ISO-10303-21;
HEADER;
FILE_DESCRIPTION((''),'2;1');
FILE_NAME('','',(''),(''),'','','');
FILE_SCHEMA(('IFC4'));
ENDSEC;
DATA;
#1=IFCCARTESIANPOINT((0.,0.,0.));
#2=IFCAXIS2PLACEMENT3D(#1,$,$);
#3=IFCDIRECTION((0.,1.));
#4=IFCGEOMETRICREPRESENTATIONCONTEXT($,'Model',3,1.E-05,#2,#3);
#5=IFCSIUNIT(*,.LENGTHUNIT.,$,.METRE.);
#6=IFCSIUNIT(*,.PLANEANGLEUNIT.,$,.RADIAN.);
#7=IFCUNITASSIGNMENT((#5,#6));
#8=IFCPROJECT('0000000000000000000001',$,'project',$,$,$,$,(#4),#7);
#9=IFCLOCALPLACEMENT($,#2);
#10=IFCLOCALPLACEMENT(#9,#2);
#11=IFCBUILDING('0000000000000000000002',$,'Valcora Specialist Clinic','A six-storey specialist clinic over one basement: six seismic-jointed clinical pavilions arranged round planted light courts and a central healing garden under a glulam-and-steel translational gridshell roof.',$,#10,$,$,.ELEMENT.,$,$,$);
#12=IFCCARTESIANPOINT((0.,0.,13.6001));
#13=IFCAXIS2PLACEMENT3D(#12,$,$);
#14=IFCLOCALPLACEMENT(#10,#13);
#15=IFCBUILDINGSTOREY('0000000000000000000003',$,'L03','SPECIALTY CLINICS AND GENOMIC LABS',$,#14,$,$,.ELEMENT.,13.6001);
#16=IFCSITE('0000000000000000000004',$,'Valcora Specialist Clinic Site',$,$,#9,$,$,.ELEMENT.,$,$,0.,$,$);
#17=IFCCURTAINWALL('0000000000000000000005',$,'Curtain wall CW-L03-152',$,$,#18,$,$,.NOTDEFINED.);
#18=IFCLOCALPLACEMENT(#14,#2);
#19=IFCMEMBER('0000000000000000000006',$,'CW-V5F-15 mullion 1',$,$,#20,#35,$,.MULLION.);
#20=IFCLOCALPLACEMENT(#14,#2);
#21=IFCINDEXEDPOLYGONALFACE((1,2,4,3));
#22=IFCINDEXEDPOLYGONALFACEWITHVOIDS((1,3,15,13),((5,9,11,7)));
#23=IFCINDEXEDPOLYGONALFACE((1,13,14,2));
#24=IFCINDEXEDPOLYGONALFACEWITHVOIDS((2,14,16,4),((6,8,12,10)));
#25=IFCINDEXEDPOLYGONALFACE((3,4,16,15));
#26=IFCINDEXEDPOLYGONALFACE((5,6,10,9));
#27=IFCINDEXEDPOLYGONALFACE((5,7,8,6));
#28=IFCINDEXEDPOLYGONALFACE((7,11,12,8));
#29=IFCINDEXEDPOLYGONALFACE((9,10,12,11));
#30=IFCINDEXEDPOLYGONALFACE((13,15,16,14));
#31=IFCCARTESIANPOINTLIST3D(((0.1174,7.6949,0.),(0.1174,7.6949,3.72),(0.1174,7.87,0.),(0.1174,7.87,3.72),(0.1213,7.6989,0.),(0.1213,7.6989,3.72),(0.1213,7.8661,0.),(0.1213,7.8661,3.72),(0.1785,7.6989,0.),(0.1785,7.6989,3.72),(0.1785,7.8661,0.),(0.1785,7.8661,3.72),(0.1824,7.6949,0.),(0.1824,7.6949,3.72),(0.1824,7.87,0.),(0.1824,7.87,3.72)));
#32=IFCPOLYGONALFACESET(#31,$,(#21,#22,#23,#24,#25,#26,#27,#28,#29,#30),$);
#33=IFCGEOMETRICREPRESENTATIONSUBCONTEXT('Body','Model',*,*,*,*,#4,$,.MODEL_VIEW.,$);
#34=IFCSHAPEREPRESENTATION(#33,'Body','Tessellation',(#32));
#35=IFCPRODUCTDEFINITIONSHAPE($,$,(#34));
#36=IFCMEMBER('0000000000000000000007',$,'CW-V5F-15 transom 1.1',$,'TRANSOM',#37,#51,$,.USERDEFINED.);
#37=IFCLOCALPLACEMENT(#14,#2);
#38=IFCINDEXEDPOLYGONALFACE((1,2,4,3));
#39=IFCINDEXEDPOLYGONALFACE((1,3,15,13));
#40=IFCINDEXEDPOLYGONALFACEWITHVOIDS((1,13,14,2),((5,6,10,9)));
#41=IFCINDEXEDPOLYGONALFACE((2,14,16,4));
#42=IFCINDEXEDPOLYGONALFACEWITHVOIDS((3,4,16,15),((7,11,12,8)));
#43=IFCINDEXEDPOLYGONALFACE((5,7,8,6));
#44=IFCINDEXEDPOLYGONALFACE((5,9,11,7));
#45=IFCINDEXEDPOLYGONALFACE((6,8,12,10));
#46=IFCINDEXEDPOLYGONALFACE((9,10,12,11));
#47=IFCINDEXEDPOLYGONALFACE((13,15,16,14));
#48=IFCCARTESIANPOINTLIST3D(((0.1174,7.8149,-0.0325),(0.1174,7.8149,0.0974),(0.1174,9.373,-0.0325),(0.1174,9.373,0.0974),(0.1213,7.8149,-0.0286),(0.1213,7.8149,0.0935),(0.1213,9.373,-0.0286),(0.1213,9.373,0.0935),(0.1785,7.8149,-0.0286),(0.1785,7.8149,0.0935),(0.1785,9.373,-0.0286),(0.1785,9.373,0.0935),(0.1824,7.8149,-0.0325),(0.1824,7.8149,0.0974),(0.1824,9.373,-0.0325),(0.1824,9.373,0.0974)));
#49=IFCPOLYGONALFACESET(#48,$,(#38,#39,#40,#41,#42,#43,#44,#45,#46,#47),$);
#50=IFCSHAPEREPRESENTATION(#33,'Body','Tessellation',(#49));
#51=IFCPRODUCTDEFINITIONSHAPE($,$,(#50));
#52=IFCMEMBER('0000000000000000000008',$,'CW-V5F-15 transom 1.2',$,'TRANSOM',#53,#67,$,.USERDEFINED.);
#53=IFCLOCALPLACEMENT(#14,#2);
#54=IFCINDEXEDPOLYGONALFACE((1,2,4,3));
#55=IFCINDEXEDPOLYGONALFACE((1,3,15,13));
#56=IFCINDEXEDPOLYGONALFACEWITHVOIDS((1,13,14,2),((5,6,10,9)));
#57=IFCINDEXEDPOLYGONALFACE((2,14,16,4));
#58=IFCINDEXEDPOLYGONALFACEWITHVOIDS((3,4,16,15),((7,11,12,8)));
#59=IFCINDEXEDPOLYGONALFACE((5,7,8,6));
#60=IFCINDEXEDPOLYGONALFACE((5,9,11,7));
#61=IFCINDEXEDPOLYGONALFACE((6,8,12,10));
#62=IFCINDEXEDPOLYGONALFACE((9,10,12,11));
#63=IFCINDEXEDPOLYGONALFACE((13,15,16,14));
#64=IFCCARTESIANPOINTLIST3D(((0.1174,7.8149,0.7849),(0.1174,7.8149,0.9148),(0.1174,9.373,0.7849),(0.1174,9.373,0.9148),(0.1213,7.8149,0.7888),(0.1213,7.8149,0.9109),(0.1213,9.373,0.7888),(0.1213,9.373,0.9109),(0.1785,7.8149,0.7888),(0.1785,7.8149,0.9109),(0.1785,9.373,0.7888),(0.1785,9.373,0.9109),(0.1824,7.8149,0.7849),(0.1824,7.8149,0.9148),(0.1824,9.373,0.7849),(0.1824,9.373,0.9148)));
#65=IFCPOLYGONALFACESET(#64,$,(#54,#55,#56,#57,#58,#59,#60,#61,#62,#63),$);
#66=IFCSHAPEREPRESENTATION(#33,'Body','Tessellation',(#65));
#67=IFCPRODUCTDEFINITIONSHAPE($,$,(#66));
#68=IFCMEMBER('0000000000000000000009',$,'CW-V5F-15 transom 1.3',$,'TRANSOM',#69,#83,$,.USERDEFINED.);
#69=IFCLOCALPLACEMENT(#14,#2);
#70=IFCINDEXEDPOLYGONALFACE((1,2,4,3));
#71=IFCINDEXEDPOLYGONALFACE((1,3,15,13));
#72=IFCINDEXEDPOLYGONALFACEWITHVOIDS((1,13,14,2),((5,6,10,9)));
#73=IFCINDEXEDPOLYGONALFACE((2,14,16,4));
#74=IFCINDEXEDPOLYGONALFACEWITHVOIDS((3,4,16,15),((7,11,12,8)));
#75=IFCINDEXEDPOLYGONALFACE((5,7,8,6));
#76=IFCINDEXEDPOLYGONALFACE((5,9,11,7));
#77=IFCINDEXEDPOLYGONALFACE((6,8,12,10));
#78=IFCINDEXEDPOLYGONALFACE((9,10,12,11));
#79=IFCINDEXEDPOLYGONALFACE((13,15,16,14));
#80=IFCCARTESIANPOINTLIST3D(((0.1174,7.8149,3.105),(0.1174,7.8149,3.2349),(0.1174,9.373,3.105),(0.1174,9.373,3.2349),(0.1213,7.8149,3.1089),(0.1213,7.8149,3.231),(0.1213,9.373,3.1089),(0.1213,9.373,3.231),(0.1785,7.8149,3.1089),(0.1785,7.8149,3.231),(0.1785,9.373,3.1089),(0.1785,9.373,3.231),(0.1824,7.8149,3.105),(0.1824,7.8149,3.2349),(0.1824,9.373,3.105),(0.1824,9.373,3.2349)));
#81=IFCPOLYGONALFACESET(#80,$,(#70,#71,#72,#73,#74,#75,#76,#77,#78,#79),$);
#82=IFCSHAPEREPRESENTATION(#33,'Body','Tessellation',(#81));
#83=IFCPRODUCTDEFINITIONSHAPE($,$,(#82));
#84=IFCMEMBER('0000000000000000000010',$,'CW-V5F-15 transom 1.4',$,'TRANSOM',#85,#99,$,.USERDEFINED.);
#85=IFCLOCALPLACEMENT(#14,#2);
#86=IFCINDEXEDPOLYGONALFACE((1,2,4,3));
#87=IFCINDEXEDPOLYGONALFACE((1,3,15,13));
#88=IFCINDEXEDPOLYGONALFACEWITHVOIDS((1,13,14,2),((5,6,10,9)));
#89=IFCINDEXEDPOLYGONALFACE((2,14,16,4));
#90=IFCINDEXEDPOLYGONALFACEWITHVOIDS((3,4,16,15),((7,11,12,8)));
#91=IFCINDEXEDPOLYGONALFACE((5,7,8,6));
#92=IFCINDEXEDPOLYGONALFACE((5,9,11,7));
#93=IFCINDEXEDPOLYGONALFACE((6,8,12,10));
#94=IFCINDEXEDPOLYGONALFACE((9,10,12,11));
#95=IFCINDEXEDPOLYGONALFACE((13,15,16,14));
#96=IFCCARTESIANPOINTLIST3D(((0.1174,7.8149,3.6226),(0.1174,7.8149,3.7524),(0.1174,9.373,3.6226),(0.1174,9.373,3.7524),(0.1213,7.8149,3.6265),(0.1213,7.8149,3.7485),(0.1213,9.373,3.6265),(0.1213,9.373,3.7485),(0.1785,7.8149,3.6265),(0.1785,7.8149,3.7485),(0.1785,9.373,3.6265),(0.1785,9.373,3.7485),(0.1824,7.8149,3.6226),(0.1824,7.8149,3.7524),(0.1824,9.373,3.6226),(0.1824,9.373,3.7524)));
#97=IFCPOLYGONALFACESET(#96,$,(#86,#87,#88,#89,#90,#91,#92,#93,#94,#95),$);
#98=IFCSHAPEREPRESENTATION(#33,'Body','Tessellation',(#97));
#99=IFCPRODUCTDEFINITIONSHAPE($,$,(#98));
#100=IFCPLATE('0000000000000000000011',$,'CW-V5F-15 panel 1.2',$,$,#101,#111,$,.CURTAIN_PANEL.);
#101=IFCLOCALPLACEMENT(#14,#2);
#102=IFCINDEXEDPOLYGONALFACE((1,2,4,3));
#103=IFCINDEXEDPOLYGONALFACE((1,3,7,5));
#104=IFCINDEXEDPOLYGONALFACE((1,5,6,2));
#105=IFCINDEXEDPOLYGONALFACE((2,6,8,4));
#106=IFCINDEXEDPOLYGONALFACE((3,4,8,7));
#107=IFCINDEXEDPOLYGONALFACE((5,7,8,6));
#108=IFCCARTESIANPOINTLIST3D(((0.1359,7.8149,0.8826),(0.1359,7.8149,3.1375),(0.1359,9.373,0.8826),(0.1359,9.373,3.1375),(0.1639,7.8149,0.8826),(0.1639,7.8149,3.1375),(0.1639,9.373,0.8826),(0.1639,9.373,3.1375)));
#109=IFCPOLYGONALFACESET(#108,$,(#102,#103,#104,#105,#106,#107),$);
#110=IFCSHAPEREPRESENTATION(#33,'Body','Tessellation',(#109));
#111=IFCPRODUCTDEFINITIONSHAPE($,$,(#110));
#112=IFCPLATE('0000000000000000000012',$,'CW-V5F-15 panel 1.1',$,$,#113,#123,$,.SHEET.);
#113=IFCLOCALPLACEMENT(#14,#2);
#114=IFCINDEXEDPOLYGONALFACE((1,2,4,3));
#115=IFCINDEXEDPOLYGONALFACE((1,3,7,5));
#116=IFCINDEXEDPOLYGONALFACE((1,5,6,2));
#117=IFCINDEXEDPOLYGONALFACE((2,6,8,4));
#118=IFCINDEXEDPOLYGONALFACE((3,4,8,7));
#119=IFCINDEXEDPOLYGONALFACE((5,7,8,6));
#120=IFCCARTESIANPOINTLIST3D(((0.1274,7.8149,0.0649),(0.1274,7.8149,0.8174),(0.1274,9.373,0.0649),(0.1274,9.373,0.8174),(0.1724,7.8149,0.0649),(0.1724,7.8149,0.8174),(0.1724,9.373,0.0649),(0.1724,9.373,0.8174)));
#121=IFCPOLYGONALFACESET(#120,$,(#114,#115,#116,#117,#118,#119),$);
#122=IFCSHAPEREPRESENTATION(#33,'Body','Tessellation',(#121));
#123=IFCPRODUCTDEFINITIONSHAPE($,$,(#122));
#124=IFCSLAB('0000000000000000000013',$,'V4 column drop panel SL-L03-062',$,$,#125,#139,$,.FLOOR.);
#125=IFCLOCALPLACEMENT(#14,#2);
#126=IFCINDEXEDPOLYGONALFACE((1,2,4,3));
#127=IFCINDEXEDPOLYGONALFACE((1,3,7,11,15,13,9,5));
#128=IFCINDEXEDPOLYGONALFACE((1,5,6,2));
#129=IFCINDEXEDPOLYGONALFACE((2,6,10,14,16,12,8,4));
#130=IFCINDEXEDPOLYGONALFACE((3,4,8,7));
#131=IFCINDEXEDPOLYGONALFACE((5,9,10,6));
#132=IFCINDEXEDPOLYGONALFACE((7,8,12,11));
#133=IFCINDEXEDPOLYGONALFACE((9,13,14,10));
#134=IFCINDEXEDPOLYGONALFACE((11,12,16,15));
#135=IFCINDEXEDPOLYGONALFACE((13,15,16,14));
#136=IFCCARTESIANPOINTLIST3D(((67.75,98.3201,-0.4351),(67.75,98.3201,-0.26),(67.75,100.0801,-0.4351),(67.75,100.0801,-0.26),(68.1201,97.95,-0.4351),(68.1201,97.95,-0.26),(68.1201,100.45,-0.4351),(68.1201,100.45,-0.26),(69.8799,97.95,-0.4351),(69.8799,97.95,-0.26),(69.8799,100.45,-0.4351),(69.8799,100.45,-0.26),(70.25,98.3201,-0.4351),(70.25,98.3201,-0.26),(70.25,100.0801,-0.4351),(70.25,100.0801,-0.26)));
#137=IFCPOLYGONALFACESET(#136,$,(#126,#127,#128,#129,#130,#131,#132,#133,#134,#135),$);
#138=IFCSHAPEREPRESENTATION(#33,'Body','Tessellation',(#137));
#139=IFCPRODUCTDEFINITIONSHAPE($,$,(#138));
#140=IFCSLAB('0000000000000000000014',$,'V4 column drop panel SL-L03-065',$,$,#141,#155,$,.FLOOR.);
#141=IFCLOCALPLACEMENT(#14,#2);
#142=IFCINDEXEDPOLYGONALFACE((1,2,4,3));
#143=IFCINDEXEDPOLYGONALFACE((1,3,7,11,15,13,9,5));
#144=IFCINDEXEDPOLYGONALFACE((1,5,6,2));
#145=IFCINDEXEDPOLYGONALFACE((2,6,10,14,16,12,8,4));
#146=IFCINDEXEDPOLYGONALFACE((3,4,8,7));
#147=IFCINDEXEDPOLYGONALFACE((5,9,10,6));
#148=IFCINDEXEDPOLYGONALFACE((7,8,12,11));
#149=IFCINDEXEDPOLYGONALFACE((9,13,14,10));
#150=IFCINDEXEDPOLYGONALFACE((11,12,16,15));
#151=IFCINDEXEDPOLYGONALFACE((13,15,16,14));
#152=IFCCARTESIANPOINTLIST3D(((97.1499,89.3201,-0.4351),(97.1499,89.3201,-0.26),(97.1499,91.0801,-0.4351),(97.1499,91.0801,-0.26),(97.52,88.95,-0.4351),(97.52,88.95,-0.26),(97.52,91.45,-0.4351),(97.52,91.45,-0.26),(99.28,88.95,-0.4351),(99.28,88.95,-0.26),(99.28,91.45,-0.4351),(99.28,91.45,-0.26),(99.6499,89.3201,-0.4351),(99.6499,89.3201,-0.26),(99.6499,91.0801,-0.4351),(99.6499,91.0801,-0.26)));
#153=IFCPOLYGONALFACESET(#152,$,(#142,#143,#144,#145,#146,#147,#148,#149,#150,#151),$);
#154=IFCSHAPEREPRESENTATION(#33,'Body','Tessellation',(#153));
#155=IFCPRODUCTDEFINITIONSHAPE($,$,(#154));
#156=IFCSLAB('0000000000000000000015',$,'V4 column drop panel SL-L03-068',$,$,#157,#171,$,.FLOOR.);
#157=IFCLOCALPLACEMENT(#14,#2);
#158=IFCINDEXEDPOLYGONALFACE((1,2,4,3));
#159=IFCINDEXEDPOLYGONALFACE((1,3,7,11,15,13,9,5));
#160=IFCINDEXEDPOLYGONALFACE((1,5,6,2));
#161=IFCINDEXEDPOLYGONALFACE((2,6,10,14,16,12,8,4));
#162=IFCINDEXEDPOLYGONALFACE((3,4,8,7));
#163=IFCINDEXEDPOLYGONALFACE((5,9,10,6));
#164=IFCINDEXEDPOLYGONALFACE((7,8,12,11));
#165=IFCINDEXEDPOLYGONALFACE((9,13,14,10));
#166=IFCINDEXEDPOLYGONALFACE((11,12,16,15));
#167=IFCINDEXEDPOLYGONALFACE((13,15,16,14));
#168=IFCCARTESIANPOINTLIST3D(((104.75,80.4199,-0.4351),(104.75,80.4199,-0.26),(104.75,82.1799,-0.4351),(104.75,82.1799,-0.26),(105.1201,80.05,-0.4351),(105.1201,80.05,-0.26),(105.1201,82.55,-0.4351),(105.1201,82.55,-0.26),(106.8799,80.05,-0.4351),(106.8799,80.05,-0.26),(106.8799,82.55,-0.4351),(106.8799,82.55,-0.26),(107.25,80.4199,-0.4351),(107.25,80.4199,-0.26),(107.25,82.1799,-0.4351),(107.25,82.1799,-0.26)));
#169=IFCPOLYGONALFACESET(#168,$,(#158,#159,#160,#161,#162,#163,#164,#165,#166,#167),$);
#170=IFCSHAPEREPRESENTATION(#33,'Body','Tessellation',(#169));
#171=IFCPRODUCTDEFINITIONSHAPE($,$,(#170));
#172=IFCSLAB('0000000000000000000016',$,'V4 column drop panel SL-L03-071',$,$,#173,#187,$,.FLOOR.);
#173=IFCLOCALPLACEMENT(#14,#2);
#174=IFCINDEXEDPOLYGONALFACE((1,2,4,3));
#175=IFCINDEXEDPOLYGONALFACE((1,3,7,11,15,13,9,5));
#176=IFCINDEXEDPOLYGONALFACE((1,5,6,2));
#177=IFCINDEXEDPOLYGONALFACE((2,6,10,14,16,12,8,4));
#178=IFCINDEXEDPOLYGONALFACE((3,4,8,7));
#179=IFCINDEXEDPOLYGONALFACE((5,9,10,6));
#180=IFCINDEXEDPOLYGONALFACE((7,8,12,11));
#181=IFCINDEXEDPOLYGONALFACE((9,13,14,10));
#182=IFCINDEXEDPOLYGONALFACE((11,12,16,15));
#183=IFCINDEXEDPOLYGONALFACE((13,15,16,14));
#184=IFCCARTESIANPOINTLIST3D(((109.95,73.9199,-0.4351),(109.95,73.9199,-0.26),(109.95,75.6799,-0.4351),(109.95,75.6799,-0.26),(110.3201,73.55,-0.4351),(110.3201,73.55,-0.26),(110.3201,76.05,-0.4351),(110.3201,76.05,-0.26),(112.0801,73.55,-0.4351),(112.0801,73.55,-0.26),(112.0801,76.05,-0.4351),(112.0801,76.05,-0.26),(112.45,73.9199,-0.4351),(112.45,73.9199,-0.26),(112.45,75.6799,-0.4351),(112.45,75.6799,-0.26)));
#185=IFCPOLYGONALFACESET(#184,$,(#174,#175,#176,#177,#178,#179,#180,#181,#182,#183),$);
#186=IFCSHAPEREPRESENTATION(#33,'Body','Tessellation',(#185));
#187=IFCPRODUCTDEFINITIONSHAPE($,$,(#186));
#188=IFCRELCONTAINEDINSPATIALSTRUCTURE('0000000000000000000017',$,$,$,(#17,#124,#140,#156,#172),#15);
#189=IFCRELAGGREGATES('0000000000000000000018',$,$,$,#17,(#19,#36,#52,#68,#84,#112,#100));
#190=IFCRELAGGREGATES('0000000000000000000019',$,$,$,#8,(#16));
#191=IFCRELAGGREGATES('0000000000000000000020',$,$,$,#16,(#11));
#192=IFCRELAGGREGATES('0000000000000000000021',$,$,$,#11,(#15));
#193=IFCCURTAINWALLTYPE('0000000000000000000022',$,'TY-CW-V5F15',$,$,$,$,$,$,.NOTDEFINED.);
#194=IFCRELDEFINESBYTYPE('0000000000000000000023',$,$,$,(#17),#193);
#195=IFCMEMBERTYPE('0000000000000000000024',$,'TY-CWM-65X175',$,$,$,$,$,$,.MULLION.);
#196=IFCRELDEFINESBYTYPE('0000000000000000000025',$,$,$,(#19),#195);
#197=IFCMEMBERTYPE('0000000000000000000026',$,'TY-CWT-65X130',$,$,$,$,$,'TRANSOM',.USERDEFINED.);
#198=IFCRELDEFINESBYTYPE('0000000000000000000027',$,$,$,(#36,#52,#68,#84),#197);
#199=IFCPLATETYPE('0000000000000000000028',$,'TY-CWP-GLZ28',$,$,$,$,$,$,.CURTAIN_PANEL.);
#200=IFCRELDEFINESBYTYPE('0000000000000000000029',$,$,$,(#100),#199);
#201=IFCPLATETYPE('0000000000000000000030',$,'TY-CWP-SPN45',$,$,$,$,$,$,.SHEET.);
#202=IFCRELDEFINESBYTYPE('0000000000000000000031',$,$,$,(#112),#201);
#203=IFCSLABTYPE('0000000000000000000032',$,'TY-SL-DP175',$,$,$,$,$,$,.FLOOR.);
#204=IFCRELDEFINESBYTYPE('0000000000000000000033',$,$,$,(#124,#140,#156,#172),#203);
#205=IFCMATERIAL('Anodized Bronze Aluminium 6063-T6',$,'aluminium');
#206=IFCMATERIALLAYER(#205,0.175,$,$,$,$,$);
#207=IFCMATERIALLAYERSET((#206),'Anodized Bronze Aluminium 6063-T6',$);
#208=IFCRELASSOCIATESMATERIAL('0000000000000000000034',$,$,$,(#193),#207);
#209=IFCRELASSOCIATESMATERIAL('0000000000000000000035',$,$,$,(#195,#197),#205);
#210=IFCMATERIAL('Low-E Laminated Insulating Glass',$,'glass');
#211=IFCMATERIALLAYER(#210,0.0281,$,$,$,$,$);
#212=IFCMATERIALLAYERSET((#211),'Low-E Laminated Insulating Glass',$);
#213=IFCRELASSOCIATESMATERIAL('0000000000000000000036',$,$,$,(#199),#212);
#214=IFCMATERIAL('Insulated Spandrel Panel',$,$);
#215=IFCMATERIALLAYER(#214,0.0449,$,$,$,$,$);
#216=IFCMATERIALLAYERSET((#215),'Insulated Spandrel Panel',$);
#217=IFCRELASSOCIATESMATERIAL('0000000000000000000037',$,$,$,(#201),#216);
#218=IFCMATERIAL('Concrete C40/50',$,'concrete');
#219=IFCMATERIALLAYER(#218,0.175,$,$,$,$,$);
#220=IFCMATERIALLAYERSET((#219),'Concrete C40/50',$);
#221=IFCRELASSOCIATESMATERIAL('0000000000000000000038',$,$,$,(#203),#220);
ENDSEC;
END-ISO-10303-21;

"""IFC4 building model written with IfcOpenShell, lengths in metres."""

from ifc_helpers import new_model, si_unit, direction, frame, origin, origin_2d, place, context, subcontext, project, spatial, polyline, rectangle, hollow_rectangle, outline, extrude, material, layer, layer_set, material_profile, profile_set, type_object, element, aggregate, save


model = new_model("IFC4")

# Units and contexts
model_context = context("Model", 3, precision=1e-05, world=origin(), true_north=direction((0.0, 1.0)))
body_context = subcontext(model_context, "Body", "Model", "MODEL_VIEW")
ifc_project = project(units=[si_unit("LENGTHUNIT", "METRE"), si_unit("PLANEANGLEUNIT", "RADIAN")], contexts=[model_context])

# Site, building, storey
site_placement = place(None, origin())
site = spatial("IfcSite", under=ifc_project, at=site_placement, Name="Valcora Specialist Clinic Site", CompositionType="ELEMENT", RefElevation=0.0)
building_placement = place(site_placement, origin())
building = spatial("IfcBuilding", under=site, at=building_placement, Name="Valcora Specialist Clinic", Description="A six-storey specialist clinic over one basement: six seismic-jointed clinical pavilions arranged round planted light courts and a central healing garden under a glulam-and-steel translational gridshell roof.", CompositionType="ELEMENT")
storey_placement = place(building_placement, frame((0.0, 0.0, 13.6001)))
storey = spatial("IfcBuildingStorey", under=building, at=storey_placement, Name="L03", Description="SPECIALTY CLINICS AND GENOMIC LABS", CompositionType="ELEMENT", Elevation=13.6001)

# Curtain wall, members, plates
ifc_material_1 = material(Name="Anodized Bronze Aluminium 6063-T6", Category="aluminium")
ifc_layer_1 = layer(ifc_material_1, 0.175)
ifc_layer_set_1 = layer_set([ifc_layer_1], Name="Anodized Bronze Aluminium 6063-T6")
curtain_wall_type = type_object("IfcCurtainWallType", Name="TY-CW-V5F15", PredefinedType="NOTDEFINED", material=ifc_layer_set_1)
curtain_wall_placement = place(storey_placement, origin())
curtain_wall = element("IfcCurtainWall", 1, at=curtain_wall_placement, inside=storey, type_object=curtain_wall_type, Name="Curtain wall CW-L03-152", PredefinedType="NOTDEFINED")
ifc_material_profile_1 = material_profile(ifc_material_1, hollow_rectangle(XDim=0.0649, YDim=0.175, WallThickness=0.0039, at=origin_2d()), Name="AL-MUL-65X175")
ifc_profile_set_1 = profile_set([ifc_material_profile_1], Name="Anodized Bronze Aluminium 6063-T6")
member_type_1 = type_object("IfcMemberType", Name="TY-CWM-65X175", PredefinedType="MULLION", material=ifc_profile_set_1)
member_1_placement = place(storey_placement, frame((0.1499, 7.7825, 0.0), z_axis=(0.0, 0.0, 1.0), x_axis=(-1.0, 0.0, 0.0)))
member_1 = element("IfcMember", 2, at=member_1_placement, type_object=member_type_1, Name="CW-V5F-15 mullion 1", PredefinedType="MULLION", context=body_context, shape_type="SweptSolid", body=[
    extrude(hollow_rectangle(XDim=0.0649, YDim=0.175, WallThickness=0.0039, at=origin_2d()), origin(), (0.0, 0.0, 1.0), 3.72),
])
ifc_material_profile_2 = material_profile(ifc_material_1, hollow_rectangle(XDim=0.0649, YDim=0.1299, WallThickness=0.0039, at=origin_2d()), Name="AL-TRN-65X130")
ifc_profile_set_2 = profile_set([ifc_material_profile_2], Name="Anodized Bronze Aluminium 6063-T6")
member_type_2 = type_object("IfcMemberType", Name="TY-CWT-65X130", ElementType="TRANSOM", PredefinedType="USERDEFINED", material=ifc_profile_set_2)
member_2_placement = place(storey_placement, frame((0.1499, 7.8149, 0.0325), z_axis=(0.0, 1.0, 0.0), x_axis=(-1.0, 0.0, 0.0)))
member_2 = element("IfcMember", 3, at=member_2_placement, type_object=member_type_2, Name="CW-V5F-15 transom 1.1", ObjectType="TRANSOM", PredefinedType="USERDEFINED", context=body_context, shape_type="SweptSolid", body=[
    extrude(hollow_rectangle(XDim=0.0649, YDim=0.1299, WallThickness=0.0039, at=origin_2d()), origin(), (0.0, 0.0, 1.0), 1.5581),
])
member_3_placement = place(storey_placement, frame((0.1499, 7.8149, 0.8499), z_axis=(0.0, 1.0, 0.0), x_axis=(-1.0, 0.0, 0.0)))
member_3 = element("IfcMember", 4, at=member_3_placement, type_object=member_type_2, Name="CW-V5F-15 transom 1.2", ObjectType="TRANSOM", PredefinedType="USERDEFINED", context=body_context, shape_type="SweptSolid", body=[
    extrude(hollow_rectangle(XDim=0.0649, YDim=0.1299, WallThickness=0.0039, at=origin_2d()), origin(), (0.0, 0.0, 1.0), 1.5581),
])
member_4_placement = place(storey_placement, frame((0.1499, 7.8149, 3.1699), z_axis=(0.0, 1.0, 0.0), x_axis=(-1.0, 0.0, 0.0)))
member_4 = element("IfcMember", 5, at=member_4_placement, type_object=member_type_2, Name="CW-V5F-15 transom 1.3", ObjectType="TRANSOM", PredefinedType="USERDEFINED", context=body_context, shape_type="SweptSolid", body=[
    extrude(hollow_rectangle(XDim=0.0649, YDim=0.1299, WallThickness=0.0039, at=origin_2d()), origin(), (0.0, 0.0, 1.0), 1.5581),
])
member_5_placement = place(storey_placement, frame((0.1499, 7.8149, 3.6875), z_axis=(0.0, 1.0, 0.0), x_axis=(-1.0, 0.0, 0.0)))
member_5 = element("IfcMember", 6, at=member_5_placement, type_object=member_type_2, Name="CW-V5F-15 transom 1.4", ObjectType="TRANSOM", PredefinedType="USERDEFINED", context=body_context, shape_type="SweptSolid", body=[
    extrude(hollow_rectangle(XDim=0.0649, YDim=0.1299, WallThickness=0.0039, at=origin_2d()), origin(), (0.0, 0.0, 1.0), 1.5581),
])
ifc_material_2 = material(Name="Low-E Laminated Insulating Glass", Category="glass")
ifc_layer_2 = layer(ifc_material_2, 0.0281)
ifc_layer_set_2 = layer_set([ifc_layer_2], Name="Low-E Laminated Insulating Glass")
plate_type_1 = type_object("IfcPlateType", Name="TY-CWP-GLZ28", PredefinedType="CURTAIN_PANEL", material=ifc_layer_set_2)
plate_1_placement = place(storey_placement, frame((0.1499, 8.594, 0.8826), z_axis=(0.0, 0.0, 1.0), x_axis=(0.0, 1.0, 0.0)))
plate_1 = element("IfcPlate", 7, at=plate_1_placement, type_object=plate_type_1, Name="CW-V5F-15 panel 1.2", PredefinedType="CURTAIN_PANEL", context=body_context, shape_type="SweptSolid", body=[
    extrude(rectangle(XDim=1.5581, YDim=0.0281, at=origin_2d()), origin(), (0.0, 0.0, 1.0), 2.2549),
])
ifc_material_3 = material(Name="Insulated Spandrel Panel")
ifc_layer_3 = layer(ifc_material_3, 0.0449)
ifc_layer_set_3 = layer_set([ifc_layer_3], Name="Insulated Spandrel Panel")
plate_type_2 = type_object("IfcPlateType", Name="TY-CWP-SPN45", PredefinedType="SHEET", material=ifc_layer_set_3)
plate_2_placement = place(storey_placement, frame((0.1499, 8.594, 0.0649), z_axis=(0.0, 0.0, 1.0), x_axis=(0.0, 1.0, 0.0)))
plate_2 = element("IfcPlate", 8, at=plate_2_placement, type_object=plate_type_2, Name="CW-V5F-15 panel 1.1", PredefinedType="SHEET", context=body_context, shape_type="SweptSolid", body=[
    extrude(rectangle(XDim=1.5581, YDim=0.0449, at=origin_2d()), origin(), (0.0, 0.0, 1.0), 0.7524),
])
aggregate(curtain_wall, [member_1, member_2, member_3, member_4, member_5, plate_2, plate_1])

# Slabs
ifc_material_4 = material(Name="Concrete C40/50", Category="concrete")
ifc_layer_4 = layer(ifc_material_4, 0.175)
ifc_layer_set_4 = layer_set([ifc_layer_4], Name="Concrete C40/50")
slab_type_1 = type_object("IfcSlabType", Name="TY-SL-DP175", PredefinedType="FLOOR", material=ifc_layer_set_4)
slab_1_placement = place(storey_placement, frame((0.0, 0.0, -0.4351)))
element("IfcSlab", 9, at=slab_1_placement, inside=storey, type_object=slab_type_1, Name="V4 column drop panel SL-L03-062", PredefinedType="FLOOR", context=body_context, shape_type="SweptSolid", body=[
    extrude(outline(polyline([(68.1201, 97.95), (69.8799, 97.95), (70.25, 98.3201), (70.25, 100.0801), (69.8799, 100.45), (68.1201, 100.45), (67.75, 100.0801), (67.75, 98.3201), (68.1201, 97.95)])), origin(), (0.0, 0.0, 1.0), 0.175),
])
slab_2_placement = place(storey_placement, frame((0.0, 0.0, -0.4351)))
element("IfcSlab", 10, at=slab_2_placement, inside=storey, type_object=slab_type_1, Name="V4 column drop panel SL-L03-065", PredefinedType="FLOOR", context=body_context, shape_type="SweptSolid", body=[
    extrude(outline(polyline([(97.52, 88.95), (99.28, 88.95), (99.6499, 89.3201), (99.6499, 91.0801), (99.28, 91.45), (97.52, 91.45), (97.1499, 91.0801), (97.1499, 89.3201), (97.52, 88.95)])), origin(), (0.0, 0.0, 1.0), 0.175),
])
slab_3_placement = place(storey_placement, frame((0.0, 0.0, -0.4351)))
element("IfcSlab", 11, at=slab_3_placement, inside=storey, type_object=slab_type_1, Name="V4 column drop panel SL-L03-068", PredefinedType="FLOOR", context=body_context, shape_type="SweptSolid", body=[
    extrude(outline(polyline([(105.1201, 80.05), (106.8799, 80.05), (107.25, 80.4199), (107.25, 82.1799), (106.8799, 82.55), (105.1201, 82.55), (104.75, 82.1799), (104.75, 80.4199), (105.1201, 80.05)])), origin(), (0.0, 0.0, 1.0), 0.175),
])
slab_4_placement = place(storey_placement, frame((0.0, 0.0, -0.4351)))
element("IfcSlab", 12, at=slab_4_placement, inside=storey, type_object=slab_type_1, Name="V4 column drop panel SL-L03-071", PredefinedType="FLOOR", context=body_context, shape_type="SweptSolid", body=[
    extrude(outline(polyline([(110.3201, 73.55), (112.0801, 73.55), (112.45, 73.9199), (112.45, 75.6799), (112.0801, 76.05), (110.3201, 76.05), (109.95, 75.6799), (109.95, 73.9199), (110.3201, 73.55)])), origin(), (0.0, 0.0, 1.0), 0.175),
])

save(model, "model.ifc")
